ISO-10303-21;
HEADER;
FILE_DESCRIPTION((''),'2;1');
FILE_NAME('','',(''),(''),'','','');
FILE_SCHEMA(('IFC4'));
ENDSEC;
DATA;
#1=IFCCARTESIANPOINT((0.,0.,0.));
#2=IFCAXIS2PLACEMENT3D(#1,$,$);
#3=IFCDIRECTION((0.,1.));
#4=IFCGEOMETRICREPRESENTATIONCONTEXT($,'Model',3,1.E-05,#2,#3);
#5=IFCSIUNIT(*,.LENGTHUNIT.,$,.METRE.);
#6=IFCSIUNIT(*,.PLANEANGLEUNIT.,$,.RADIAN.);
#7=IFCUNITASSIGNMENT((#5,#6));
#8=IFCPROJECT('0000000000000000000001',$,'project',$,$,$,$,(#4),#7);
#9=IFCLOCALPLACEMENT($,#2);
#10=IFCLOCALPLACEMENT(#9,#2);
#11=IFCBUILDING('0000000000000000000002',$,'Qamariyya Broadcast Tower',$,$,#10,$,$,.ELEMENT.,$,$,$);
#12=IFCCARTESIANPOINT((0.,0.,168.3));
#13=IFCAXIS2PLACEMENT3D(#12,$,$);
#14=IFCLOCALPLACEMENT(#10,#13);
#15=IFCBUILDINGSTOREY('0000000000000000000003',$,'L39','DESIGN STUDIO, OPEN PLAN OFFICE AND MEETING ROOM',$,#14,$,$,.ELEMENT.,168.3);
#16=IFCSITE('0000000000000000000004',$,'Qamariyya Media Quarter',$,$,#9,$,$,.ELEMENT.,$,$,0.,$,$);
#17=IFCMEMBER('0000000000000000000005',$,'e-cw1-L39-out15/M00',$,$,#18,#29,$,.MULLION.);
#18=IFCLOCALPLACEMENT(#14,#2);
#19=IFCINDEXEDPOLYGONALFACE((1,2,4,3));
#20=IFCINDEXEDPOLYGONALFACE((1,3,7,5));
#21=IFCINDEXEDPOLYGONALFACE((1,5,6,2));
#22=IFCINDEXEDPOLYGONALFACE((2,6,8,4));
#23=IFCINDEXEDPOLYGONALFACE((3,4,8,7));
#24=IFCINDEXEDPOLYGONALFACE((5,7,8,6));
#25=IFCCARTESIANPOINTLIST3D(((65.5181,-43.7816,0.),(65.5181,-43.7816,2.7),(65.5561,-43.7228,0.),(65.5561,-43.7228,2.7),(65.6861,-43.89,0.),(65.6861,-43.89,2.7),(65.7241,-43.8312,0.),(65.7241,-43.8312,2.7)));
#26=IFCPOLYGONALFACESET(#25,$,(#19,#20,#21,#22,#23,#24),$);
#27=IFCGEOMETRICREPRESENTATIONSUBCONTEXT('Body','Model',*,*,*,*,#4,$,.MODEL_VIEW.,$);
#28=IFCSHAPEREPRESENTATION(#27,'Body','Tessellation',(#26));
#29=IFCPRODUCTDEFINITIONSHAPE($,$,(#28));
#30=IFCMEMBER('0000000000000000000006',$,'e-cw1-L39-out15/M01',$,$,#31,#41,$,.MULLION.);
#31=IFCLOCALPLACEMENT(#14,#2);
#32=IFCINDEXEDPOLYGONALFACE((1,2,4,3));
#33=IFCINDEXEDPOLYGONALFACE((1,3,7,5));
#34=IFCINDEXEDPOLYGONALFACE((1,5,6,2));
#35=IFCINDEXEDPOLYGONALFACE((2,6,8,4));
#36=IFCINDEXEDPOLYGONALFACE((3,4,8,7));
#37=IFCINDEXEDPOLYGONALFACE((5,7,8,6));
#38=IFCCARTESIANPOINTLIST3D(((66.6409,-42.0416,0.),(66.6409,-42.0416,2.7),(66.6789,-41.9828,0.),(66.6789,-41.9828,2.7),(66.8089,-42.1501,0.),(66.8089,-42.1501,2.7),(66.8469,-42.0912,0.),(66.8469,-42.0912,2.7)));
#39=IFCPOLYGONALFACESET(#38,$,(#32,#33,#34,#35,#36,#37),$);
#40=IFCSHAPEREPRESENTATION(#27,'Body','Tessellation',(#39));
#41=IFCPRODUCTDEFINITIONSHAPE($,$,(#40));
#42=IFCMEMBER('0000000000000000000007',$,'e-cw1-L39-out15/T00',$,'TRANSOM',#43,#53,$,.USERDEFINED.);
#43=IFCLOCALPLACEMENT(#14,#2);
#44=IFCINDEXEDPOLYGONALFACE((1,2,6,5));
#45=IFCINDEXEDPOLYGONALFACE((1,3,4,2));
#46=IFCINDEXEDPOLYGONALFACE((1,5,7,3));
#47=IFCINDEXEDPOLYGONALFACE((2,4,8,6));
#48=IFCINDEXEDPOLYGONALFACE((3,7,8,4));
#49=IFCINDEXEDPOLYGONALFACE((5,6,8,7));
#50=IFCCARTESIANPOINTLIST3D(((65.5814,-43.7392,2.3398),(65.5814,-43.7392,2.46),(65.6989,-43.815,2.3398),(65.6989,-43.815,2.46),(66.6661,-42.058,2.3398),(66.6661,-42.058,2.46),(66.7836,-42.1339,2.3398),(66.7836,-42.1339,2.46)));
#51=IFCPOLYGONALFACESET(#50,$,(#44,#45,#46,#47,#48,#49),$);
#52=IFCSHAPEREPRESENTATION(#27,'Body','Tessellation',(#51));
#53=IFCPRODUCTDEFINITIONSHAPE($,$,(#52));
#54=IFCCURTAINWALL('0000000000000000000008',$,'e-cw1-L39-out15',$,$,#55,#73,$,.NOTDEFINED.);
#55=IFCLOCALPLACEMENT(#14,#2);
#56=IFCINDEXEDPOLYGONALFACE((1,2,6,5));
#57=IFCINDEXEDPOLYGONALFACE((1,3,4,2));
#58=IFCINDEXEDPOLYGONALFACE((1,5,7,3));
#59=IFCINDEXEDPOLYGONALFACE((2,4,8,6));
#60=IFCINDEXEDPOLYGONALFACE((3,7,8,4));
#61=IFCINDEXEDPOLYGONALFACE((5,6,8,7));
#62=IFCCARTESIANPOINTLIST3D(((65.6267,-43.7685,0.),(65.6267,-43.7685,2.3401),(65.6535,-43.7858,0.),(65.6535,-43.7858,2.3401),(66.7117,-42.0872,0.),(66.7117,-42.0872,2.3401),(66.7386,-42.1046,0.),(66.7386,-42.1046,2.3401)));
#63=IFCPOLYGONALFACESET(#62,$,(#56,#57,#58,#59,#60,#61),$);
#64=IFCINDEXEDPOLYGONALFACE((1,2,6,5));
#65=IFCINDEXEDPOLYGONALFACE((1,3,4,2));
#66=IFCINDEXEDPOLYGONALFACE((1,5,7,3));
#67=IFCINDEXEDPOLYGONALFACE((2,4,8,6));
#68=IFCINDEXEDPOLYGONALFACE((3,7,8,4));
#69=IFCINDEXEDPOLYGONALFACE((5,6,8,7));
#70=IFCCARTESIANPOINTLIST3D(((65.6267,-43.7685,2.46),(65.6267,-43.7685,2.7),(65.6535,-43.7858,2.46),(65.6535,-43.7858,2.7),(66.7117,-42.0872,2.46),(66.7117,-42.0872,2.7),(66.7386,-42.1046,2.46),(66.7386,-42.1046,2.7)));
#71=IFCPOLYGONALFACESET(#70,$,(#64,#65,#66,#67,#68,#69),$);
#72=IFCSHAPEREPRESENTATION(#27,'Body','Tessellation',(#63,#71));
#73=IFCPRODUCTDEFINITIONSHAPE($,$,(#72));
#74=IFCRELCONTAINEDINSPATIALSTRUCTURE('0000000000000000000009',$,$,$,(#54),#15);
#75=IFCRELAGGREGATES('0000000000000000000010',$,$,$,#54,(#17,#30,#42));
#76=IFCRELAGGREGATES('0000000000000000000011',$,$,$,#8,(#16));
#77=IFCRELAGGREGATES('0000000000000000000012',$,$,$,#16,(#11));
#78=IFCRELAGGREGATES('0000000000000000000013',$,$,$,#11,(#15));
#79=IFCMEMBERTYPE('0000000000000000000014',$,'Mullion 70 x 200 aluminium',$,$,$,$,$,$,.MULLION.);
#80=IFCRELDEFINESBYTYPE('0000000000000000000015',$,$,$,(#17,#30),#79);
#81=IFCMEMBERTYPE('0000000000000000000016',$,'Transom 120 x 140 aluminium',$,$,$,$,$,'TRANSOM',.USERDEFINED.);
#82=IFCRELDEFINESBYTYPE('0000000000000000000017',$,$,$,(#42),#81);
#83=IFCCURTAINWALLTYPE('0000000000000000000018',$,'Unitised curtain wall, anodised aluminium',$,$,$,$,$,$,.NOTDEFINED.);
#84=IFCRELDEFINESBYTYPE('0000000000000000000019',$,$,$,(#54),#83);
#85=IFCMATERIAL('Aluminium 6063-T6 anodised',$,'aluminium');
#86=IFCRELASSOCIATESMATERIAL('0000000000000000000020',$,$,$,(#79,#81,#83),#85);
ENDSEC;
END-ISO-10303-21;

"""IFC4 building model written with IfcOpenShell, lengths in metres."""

from ifc_helpers import new_model, si_unit, direction, frame, origin, origin_2d, place, context, subcontext, project, spatial, rectangle, extrude, material, material_profile, profile_set, type_object, element, aggregate, save


model = new_model("IFC4")

# Units and contexts
model_context = context("Model", 3, precision=1e-05, world=origin(), true_north=direction((0.0, 1.0)))
body_context = subcontext(model_context, "Body", "Model", "MODEL_VIEW")
ifc_project = project(units=[si_unit("LENGTHUNIT", "METRE"), si_unit("PLANEANGLEUNIT", "RADIAN")], contexts=[model_context])

# Members
ifc_material = material(Name="Aluminium 6063-T6 anodised", Category="aluminium")
ifc_material_profile_1 = material_profile(ifc_material, rectangle(XDim=0.2, YDim=0.0701, at=origin_2d()))
ifc_profile_set_1 = profile_set([ifc_material_profile_1], Name="Aluminium 6063-T6 anodised")
member_type_1 = type_object("IfcMemberType", Name="Mullion 70 x 200 aluminium", PredefinedType="MULLION", material=ifc_profile_set_1)
site_placement = place(None, origin())
building_placement = place(site_placement, origin())
storey_placement = place(building_placement, frame((0.0, 0.0, 168.3)))
member_1_placement = place(storey_placement, frame((65.6211, -43.8064, 0.0), z_axis=(0.0, 0.0, 1.0), x_axis=(-0.840245, 0.542207, 0.0)))
member_1 = element("IfcMember", 1, at=member_1_placement, type_object=member_type_1, Name="e-cw1-L39-out15/M00", PredefinedType="MULLION", context=body_context, shape_type="SweptSolid", body=[
    extrude(rectangle(XDim=0.2, YDim=0.0701, at=origin_2d()), origin(), (0.0, 0.0, 1.0), 2.7),
])
member_2_placement = place(storey_placement, frame((66.7439, -42.0664, 0.0), z_axis=(0.0, 0.0, 1.0), x_axis=(-0.840245, 0.542207, 0.0)))
member_2 = element("IfcMember", 2, at=member_2_placement, type_object=member_type_1, Name="e-cw1-L39-out15/M01", PredefinedType="MULLION", context=body_context, shape_type="SweptSolid", body=[
    extrude(rectangle(XDim=0.2, YDim=0.0701, at=origin_2d()), origin(), (0.0, 0.0, 1.0), 2.7),
])
ifc_material_profile_2 = material_profile(ifc_material, rectangle(XDim=0.1399, YDim=0.1201, at=origin_2d()))
ifc_profile_set_2 = profile_set([ifc_material_profile_2], Name="Aluminium 6063-T6 anodised")
member_type_2 = type_object("IfcMemberType", Name="Transom 120 x 140 aluminium", ElementType="TRANSOM", PredefinedType="USERDEFINED", material=ifc_profile_set_2)
member_3_placement = place(storey_placement, frame((65.6401, -43.7771, 2.3999), z_axis=(0.542163, 0.840273, 0.0), x_axis=(-0.840273, 0.542163, 0.0)))
member_3 = element("IfcMember", 3, at=member_3_placement, type_object=member_type_2, Name="e-cw1-L39-out15/T00", ObjectType="TRANSOM", PredefinedType="USERDEFINED", context=body_context, shape_type="SweptSolid", body=[
    extrude(rectangle(XDim=0.1399, YDim=0.1201, at=origin_2d()), origin(), (0.0, 0.0, 1.0), 2.0007),
])

# Site, building, storey
site = spatial("IfcSite", under=ifc_project, at=site_placement, Name="Qamariyya Media Quarter", CompositionType="ELEMENT", RefElevation=0.0)
building = spatial("IfcBuilding", under=site, at=building_placement, Name="Qamariyya Broadcast Tower", CompositionType="ELEMENT")
storey = spatial("IfcBuildingStorey", under=building, at=storey_placement, Name="L39", Description="DESIGN STUDIO, OPEN PLAN OFFICE AND MEETING ROOM", CompositionType="ELEMENT", Elevation=168.3)

# Curtain wall
curtain_wall_type = type_object("IfcCurtainWallType", Name="Unitised curtain wall, anodised aluminium", PredefinedType="NOTDEFINED", material=ifc_material)
curtain_wall_1_placement = place(storey_placement, origin())
curtain_wall_1 = element("IfcCurtainWall", 4, at=curtain_wall_1_placement, inside=storey, type_object=curtain_wall_type, Name="e-cw1-L39-out15", PredefinedType="NOTDEFINED", context=body_context, shape_type="SweptSolid", body=[
    extrude(rectangle(XDim=2.001, YDim=0.032, at=origin_2d()), frame((66.1826, -42.9365, 0.0), x_axis=(0.542244, 0.840221, 0.0)), (0.0, 0.0, 1.0), 2.3401),
    extrude(rectangle(XDim=2.001, YDim=0.032, at=origin_2d()), frame((66.1826, -42.9365, 2.46), x_axis=(0.542244, 0.840221, 0.0)), (0.0, 0.0, 1.0), 0.24),
])
aggregate(curtain_wall_1, [member_1, member_2, member_3])

save(model, "model.ifc")
